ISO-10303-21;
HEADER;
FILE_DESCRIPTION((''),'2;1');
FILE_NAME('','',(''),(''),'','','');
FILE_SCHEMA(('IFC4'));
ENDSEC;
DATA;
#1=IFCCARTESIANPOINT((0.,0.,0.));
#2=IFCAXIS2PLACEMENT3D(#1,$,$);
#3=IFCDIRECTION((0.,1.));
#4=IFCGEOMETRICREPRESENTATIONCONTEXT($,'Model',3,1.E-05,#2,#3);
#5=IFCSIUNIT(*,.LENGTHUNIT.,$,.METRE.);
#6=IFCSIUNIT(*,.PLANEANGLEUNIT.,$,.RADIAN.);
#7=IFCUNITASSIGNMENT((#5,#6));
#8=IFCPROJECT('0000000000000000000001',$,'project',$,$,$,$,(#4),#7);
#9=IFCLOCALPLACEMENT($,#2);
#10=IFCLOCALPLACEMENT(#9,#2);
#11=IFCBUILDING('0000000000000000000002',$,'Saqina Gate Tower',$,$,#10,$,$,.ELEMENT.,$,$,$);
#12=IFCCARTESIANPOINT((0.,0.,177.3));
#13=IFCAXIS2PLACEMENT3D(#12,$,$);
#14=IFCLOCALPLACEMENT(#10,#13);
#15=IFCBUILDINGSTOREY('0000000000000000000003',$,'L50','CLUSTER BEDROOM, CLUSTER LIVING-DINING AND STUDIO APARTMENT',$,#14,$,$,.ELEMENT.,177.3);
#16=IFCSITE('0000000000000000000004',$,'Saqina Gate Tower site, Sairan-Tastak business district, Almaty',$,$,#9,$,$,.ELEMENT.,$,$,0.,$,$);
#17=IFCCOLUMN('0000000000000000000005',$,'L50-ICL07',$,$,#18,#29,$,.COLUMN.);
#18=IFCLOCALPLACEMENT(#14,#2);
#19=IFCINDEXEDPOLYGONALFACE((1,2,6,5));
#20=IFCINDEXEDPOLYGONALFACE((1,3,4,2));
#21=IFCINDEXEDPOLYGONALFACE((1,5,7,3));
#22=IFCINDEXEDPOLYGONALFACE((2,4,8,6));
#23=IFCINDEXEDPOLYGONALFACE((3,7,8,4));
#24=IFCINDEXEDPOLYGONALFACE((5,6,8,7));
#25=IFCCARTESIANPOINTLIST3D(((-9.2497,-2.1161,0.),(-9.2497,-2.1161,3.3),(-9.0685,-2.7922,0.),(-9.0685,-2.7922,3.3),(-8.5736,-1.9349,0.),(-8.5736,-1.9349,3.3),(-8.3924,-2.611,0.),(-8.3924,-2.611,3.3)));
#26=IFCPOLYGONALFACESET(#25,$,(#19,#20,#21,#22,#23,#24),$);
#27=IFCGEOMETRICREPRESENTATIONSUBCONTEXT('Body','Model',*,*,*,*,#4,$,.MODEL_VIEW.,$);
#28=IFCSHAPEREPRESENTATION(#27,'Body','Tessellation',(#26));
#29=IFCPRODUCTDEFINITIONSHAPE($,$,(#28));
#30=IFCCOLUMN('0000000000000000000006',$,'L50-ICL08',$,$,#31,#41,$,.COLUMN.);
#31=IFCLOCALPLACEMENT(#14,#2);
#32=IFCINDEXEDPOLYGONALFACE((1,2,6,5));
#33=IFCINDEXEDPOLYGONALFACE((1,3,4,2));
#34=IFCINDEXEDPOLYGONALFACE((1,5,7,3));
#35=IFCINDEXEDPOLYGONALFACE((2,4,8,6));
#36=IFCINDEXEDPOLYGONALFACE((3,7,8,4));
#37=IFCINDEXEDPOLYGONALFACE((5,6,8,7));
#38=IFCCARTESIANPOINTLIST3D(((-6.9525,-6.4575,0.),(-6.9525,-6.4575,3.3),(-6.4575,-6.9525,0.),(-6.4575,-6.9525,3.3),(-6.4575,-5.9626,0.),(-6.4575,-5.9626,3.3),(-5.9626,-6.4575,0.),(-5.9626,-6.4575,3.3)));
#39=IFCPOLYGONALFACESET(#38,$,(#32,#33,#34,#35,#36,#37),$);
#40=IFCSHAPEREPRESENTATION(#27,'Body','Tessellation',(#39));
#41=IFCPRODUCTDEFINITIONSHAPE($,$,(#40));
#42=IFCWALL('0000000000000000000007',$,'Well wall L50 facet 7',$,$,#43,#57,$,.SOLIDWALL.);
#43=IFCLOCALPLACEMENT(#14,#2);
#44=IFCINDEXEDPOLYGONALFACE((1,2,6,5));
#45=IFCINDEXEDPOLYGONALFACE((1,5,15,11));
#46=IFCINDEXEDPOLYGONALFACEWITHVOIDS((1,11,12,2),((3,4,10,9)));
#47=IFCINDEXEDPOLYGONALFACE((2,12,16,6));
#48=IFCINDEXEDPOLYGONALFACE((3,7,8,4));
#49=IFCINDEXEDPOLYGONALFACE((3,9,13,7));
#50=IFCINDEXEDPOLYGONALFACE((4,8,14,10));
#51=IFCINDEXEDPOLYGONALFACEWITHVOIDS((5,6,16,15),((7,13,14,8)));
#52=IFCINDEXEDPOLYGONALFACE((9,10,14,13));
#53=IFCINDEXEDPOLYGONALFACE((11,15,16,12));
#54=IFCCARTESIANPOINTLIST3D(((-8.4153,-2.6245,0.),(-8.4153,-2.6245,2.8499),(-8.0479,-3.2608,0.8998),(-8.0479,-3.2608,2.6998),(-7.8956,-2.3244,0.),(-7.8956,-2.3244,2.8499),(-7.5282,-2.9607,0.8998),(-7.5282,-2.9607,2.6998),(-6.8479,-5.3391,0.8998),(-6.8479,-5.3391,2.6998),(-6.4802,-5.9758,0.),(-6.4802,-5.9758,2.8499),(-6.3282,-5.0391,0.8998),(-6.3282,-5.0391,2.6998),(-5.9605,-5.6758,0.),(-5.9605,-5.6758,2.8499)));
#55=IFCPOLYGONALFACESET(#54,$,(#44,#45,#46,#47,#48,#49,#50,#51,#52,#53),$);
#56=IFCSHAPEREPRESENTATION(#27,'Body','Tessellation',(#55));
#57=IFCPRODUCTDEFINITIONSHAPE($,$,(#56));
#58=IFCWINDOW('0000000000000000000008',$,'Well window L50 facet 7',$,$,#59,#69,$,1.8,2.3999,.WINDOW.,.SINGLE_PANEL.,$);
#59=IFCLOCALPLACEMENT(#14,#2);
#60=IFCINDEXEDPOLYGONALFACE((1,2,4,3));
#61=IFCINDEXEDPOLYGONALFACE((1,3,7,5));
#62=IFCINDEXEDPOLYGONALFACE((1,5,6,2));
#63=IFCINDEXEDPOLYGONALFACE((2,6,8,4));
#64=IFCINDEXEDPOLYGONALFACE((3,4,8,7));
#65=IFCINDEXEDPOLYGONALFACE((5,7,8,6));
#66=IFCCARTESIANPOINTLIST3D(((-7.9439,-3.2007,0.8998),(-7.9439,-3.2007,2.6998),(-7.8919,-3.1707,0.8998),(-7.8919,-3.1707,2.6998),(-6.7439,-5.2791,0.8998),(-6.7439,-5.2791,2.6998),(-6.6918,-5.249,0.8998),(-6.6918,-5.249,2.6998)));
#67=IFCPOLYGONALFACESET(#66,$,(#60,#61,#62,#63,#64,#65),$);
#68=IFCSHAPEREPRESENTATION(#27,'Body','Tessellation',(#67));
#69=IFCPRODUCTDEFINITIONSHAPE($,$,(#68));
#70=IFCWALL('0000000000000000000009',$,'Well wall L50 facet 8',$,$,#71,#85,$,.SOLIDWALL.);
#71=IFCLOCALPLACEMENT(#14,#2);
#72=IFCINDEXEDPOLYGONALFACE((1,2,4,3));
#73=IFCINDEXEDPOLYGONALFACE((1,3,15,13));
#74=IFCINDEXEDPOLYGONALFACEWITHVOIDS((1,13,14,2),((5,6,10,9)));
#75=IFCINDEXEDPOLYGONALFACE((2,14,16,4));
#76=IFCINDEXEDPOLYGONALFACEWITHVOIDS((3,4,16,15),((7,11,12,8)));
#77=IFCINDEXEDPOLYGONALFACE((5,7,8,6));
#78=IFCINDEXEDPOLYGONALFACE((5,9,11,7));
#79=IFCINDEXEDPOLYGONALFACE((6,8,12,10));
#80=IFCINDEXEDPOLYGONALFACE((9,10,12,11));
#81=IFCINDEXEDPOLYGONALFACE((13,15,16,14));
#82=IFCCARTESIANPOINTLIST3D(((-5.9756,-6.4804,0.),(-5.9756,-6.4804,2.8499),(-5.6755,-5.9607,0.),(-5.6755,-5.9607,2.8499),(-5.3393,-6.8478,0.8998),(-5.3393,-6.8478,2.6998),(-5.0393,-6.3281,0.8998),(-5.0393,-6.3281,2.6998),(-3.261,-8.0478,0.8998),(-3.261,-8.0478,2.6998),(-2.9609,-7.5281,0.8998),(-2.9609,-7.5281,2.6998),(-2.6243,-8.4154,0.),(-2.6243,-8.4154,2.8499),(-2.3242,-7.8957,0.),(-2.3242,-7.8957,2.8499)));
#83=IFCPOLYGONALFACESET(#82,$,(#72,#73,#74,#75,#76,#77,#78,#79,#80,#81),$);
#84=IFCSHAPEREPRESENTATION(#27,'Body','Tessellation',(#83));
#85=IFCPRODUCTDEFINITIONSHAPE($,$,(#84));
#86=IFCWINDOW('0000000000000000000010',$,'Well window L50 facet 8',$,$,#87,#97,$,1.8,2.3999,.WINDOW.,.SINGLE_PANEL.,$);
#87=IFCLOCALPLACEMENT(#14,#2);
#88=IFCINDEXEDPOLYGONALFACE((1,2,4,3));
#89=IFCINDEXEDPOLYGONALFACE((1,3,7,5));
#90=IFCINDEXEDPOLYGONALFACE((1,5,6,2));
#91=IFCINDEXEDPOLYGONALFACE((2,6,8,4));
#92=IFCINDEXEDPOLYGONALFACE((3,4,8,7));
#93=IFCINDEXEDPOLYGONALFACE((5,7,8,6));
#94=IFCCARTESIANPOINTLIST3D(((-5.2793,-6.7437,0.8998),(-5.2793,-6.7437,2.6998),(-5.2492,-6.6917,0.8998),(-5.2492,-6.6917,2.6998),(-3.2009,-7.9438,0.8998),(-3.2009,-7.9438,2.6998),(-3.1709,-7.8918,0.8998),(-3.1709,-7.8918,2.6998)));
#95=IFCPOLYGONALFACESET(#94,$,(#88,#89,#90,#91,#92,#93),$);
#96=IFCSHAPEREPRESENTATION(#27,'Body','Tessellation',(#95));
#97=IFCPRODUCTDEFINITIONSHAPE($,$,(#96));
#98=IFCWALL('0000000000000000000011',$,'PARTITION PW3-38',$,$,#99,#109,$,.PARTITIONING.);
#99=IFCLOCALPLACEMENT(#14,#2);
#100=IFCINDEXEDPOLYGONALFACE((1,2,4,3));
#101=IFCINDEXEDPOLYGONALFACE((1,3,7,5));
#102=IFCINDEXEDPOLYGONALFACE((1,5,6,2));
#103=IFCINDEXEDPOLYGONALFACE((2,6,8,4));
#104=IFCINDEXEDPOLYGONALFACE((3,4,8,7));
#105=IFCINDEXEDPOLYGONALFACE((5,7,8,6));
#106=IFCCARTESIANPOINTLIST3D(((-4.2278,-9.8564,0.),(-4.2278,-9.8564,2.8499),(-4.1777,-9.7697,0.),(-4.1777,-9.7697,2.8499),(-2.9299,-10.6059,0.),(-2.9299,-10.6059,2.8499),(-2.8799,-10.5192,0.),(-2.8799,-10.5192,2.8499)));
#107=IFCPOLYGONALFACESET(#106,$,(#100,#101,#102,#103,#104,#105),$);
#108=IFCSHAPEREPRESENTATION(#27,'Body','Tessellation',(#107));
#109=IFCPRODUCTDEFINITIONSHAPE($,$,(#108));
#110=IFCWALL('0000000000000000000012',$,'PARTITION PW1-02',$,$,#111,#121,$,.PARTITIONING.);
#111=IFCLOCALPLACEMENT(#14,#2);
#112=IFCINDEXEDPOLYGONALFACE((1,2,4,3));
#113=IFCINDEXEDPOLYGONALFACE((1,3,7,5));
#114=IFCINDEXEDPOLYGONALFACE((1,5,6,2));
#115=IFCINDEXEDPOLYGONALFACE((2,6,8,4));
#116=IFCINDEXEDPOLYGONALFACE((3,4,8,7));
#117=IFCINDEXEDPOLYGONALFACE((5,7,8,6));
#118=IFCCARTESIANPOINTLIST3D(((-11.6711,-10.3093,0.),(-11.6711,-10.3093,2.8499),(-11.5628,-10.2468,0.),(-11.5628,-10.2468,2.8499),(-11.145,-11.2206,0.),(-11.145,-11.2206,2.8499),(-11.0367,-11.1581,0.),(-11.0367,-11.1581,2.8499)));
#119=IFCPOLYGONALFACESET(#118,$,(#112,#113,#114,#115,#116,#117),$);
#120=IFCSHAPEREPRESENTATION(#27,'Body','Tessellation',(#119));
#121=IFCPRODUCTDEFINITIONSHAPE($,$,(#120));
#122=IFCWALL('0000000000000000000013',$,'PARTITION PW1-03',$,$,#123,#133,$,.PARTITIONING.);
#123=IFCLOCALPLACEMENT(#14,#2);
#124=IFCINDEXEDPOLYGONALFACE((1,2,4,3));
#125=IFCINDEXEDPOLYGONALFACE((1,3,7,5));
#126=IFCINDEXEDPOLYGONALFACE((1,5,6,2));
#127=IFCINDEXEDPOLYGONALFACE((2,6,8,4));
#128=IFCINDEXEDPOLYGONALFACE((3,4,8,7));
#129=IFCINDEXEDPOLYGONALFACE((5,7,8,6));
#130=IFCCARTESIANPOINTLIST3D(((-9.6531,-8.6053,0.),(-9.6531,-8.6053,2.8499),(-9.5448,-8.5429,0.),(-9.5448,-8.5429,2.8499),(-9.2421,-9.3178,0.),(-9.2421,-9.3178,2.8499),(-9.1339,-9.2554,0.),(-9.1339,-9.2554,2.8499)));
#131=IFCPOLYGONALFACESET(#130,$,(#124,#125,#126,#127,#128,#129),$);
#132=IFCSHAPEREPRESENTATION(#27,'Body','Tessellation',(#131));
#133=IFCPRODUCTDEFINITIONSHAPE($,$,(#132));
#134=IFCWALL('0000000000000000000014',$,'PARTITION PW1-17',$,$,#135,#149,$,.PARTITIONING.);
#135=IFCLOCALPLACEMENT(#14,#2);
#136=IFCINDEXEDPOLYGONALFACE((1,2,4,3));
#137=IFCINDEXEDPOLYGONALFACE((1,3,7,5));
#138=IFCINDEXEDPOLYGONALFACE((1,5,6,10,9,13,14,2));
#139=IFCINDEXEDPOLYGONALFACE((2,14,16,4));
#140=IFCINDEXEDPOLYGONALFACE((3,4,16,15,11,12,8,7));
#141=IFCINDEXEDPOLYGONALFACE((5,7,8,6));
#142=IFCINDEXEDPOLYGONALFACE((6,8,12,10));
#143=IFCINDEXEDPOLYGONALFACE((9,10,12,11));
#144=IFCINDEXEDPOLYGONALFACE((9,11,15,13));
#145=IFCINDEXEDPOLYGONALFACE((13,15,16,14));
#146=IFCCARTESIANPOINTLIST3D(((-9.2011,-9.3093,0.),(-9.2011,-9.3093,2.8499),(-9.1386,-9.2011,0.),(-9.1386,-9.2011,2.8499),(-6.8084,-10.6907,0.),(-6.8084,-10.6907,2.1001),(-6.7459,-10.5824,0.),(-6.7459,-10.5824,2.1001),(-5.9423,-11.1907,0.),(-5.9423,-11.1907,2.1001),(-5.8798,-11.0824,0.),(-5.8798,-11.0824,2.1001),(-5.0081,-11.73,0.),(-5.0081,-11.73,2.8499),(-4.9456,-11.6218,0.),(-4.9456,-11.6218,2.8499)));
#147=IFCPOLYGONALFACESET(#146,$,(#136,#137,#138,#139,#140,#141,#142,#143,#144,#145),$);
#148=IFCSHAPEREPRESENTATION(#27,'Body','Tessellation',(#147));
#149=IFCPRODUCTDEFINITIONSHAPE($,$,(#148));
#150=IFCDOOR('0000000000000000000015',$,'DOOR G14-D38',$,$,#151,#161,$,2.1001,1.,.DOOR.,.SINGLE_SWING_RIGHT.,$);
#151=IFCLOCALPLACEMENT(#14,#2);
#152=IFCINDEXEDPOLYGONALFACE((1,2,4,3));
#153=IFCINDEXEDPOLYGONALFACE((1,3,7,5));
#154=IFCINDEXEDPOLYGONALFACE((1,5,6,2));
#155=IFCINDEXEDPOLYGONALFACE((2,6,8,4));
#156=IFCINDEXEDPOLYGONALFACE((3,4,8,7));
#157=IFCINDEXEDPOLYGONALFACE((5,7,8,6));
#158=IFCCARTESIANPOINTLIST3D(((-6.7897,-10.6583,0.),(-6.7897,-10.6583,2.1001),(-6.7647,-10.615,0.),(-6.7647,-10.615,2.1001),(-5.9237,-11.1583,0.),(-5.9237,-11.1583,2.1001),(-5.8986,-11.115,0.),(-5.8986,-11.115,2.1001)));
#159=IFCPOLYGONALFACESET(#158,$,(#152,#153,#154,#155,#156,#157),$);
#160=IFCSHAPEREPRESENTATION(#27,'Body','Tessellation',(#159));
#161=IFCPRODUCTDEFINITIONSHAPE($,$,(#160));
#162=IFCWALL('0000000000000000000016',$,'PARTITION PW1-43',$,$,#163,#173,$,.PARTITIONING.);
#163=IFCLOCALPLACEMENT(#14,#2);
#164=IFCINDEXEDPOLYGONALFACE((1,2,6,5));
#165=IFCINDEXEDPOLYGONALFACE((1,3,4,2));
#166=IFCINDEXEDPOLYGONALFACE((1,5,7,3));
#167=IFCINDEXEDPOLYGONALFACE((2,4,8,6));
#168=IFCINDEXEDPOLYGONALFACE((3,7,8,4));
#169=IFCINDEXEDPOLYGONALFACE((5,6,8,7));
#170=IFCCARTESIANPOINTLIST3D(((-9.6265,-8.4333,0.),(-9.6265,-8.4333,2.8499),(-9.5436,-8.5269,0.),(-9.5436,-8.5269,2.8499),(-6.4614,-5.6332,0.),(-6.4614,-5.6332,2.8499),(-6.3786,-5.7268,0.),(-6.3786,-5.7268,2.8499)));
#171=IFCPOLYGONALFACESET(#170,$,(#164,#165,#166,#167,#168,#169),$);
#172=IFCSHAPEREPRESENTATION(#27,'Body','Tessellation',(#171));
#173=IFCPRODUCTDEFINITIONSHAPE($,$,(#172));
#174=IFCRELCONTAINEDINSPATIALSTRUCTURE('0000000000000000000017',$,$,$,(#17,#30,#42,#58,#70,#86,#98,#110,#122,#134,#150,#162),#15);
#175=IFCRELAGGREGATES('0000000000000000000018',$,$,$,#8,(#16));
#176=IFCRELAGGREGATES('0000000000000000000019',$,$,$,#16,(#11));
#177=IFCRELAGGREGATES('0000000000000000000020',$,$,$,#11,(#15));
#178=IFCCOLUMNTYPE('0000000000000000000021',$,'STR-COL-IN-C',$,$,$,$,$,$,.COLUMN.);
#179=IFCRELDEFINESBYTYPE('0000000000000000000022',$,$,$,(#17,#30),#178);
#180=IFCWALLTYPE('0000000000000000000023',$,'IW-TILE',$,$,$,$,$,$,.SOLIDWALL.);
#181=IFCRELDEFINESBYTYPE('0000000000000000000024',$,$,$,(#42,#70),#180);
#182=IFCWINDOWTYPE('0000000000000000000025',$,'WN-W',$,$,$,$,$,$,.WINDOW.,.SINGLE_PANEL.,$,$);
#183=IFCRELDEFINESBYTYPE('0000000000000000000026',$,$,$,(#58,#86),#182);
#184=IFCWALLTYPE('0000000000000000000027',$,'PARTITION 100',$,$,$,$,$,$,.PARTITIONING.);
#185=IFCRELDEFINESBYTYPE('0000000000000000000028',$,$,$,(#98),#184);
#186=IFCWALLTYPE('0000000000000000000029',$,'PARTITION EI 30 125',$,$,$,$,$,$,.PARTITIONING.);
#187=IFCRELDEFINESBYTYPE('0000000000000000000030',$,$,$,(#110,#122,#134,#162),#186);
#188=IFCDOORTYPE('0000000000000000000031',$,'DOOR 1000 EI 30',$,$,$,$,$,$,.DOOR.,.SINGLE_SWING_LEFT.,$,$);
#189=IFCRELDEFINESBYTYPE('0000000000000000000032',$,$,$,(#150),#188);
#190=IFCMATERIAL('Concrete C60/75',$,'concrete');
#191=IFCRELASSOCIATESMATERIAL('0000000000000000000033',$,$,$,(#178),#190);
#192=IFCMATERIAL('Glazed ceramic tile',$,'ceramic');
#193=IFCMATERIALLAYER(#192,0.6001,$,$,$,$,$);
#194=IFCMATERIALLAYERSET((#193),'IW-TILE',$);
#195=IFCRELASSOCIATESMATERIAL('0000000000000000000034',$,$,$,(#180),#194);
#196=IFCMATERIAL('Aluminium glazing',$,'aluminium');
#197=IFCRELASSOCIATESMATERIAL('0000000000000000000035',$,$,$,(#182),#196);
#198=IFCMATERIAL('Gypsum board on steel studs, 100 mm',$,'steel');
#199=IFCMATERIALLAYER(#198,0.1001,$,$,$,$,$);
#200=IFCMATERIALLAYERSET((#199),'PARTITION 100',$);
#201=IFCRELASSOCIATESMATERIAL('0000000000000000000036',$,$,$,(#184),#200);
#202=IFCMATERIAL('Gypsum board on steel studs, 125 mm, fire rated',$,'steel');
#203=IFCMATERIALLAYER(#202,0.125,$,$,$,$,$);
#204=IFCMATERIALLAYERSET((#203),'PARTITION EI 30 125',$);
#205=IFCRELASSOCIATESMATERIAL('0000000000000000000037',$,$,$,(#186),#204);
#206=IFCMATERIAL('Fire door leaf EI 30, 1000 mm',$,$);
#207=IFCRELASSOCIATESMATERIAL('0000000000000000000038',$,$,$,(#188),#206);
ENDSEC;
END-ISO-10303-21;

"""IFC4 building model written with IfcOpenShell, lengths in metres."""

from ifc_helpers import new_model, si_unit, direction, frame, frame_2d, origin, origin_2d, place, context, subcontext, project, spatial, rectangle, extrude, material, layer, layer_set, material_profile, profile_set, type_object, element, fill, save


model = new_model("IFC4")

# Units and contexts
model_context = context("Model", 3, precision=1e-05, world=origin(), true_north=direction((0.0, 1.0)))
body_context = subcontext(model_context, "Body", "Model", "MODEL_VIEW")
ifc_project = project(units=[si_unit("LENGTHUNIT", "METRE"), si_unit("PLANEANGLEUNIT", "RADIAN")], contexts=[model_context])

# Site, building, storey
site_placement = place(None, origin())
site = spatial("IfcSite", under=ifc_project, at=site_placement, Name="Saqina Gate Tower site, Sairan-Tastak business district, Almaty", CompositionType="ELEMENT", RefElevation=0.0)
building_placement = place(site_placement, origin())
building = spatial("IfcBuilding", under=site, at=building_placement, Name="Saqina Gate Tower", CompositionType="ELEMENT")
storey_placement = place(building_placement, frame((0.0, 0.0, 177.3)))
storey = spatial("IfcBuildingStorey", under=building, at=storey_placement, Name="L50", Description="CLUSTER BEDROOM, CLUSTER LIVING-DINING AND STUDIO APARTMENT", CompositionType="ELEMENT", Elevation=177.3)

# Columns
ifc_material_1 = material(Name="Concrete C60/75", Category="concrete")
ifc_material_profile = material_profile(ifc_material_1, rectangle(XDim=0.7, YDim=0.7, at=origin_2d()), Name="RC 700x700")
ifc_profile_set = profile_set([ifc_material_profile], Name="Concrete C60/75")
column_type = type_object("IfcColumnType", Name="STR-COL-IN-C", PredefinedType="COLUMN", material=ifc_profile_set)
for number, where, z_axis, x_axis, name in (
    (1, (-8.821, -2.3635, 0.0), (0.0, 0.0, 1.0), (-0.965926, -0.258819, 0.0), "L50-ICL07"),
    (2, (-6.4575, -6.4575, 0.0), (0.0, 0.0, 1.0), (-0.707107, -0.707107, 0.0), "L50-ICL08"),
):
    element("IfcColumn", number, at=place(storey_placement, frame(where, z_axis=z_axis, x_axis=x_axis)), inside=storey, type_object=column_type, Name=name, PredefinedType="COLUMN", context=body_context, shape_type="SweptSolid", body=[
        extrude(rectangle(XDim=0.7, YDim=0.7, at=origin_2d()), origin(), (0.0, 0.0, 1.0), 3.3),
    ])

# Walls, openings, windows
ifc_material_2 = material(Name="Glazed ceramic tile", Category="ceramic")
ifc_layer_1 = layer(ifc_material_2, 0.6001)
ifc_layer_set_1 = layer_set([ifc_layer_1], Name="IW-TILE")
wall_type_1 = type_object("IfcWallType", Name="IW-TILE", PredefinedType="SOLIDWALL", material=ifc_layer_set_1)
wall_1_placement = place(storey_placement, frame((-8.1555, -2.4744, 0.0), z_axis=(0.0, 0.0, 1.0), x_axis=(0.500034, -0.866006, 0.0)))
wall_1 = element("IfcWall", 3, at=wall_1_placement, inside=storey, type_object=wall_type_1, Name="Well wall L50 facet 7", PredefinedType="SOLIDWALL", context=body_context, shape_type="SweptSolid", body=[
    extrude(rectangle(XDim=3.8699, YDim=0.6001, at=frame_2d((1.9351, 0.0))), origin(), (0.0, 0.0, 1.0), 2.8499),
])
opening_1_placement = place(wall_1_placement, frame((0.7349, 0.0, 0.8999)))
opening_1 = element("IfcOpeningElement", 4, at=opening_1_placement, cuts=wall_1, PredefinedType="OPENING", context=body_context, shape_type="SweptSolid", body=[
    extrude(rectangle(XDim=2.3999, YDim=1.8, at=frame_2d((1.2, 0.8999))), frame((0.0, 0.312, 0.0), z_axis=(0.0, -1.0, 0.0), x_axis=(1.0, 0.0, 0.0)), (0.0, 0.0, 1.0), 0.624),
])
ifc_material_3 = material(Name="Aluminium glazing", Category="aluminium")
window_type = type_object("IfcWindowType", Name="WN-W", PartitioningType="SINGLE_PANEL", PredefinedType="WINDOW", material=ifc_material_3)
window_1_placement = place(opening_1_placement, origin())
window_1 = element("IfcWindow", 5, at=window_1_placement, inside=storey, type_object=window_type, Name="Well window L50 facet 7", OverallHeight=1.8, OverallWidth=2.3999, PartitioningType="SINGLE_PANEL", PredefinedType="WINDOW", context=body_context, shape_type="SweptSolid", body=[
    extrude(rectangle(XDim=2.3999, YDim=1.8, at=frame_2d((1.2, 0.8999))), frame((0.0, -0.1199, 0.0), z_axis=(0.0, -1.0, 0.0), x_axis=(1.0, 0.0, 0.0)), (0.0, 0.0, 1.0), 0.0601),
])
fill(opening_1, window_1)
wall_2_placement = place(storey_placement, frame((-5.8257, -6.2205, 0.0), z_axis=(0.0, 0.0, 1.0), x_axis=(0.866006, -0.500034, 0.0)))
wall_2 = element("IfcWall", 6, at=wall_2_placement, inside=storey, type_object=wall_type_1, Name="Well wall L50 facet 8", PredefinedType="SOLIDWALL", context=body_context, shape_type="SweptSolid", body=[
    extrude(rectangle(XDim=3.8699, YDim=0.6001, at=frame_2d((1.9351, 0.0))), origin(), (0.0, 0.0, 1.0), 2.8499),
])
opening_2_placement = place(wall_2_placement, frame((0.7349, 0.0, 0.8999)))
opening_2 = element("IfcOpeningElement", 7, at=opening_2_placement, cuts=wall_2, PredefinedType="OPENING", context=body_context, shape_type="SweptSolid", body=[
    extrude(rectangle(XDim=2.3999, YDim=1.8, at=frame_2d((1.2, 0.8999))), frame((0.0, 0.312, 0.0), z_axis=(0.0, -1.0, 0.0), x_axis=(1.0, 0.0, 0.0)), (0.0, 0.0, 1.0), 0.624),
])
window_2_placement = place(opening_2_placement, origin())
window_2 = element("IfcWindow", 8, at=window_2_placement, inside=storey, type_object=window_type, Name="Well window L50 facet 8", OverallHeight=1.8, OverallWidth=2.3999, PartitioningType="SINGLE_PANEL", PredefinedType="WINDOW", context=body_context, shape_type="SweptSolid", body=[
    extrude(rectangle(XDim=2.3999, YDim=1.8, at=frame_2d((1.2, 0.8999))), frame((0.0, -0.1199, 0.0), z_axis=(0.0, -1.0, 0.0), x_axis=(1.0, 0.0, 0.0)), (0.0, 0.0, 1.0), 0.0601),
])
fill(opening_2, window_2)

# Walls
ifc_material_4 = material(Name="Gypsum board on steel studs, 100 mm", Category="steel")
ifc_layer_2 = layer(ifc_material_4, 0.1001)
ifc_layer_set_2 = layer_set([ifc_layer_2], Name="PARTITION 100")
wall_type_2 = type_object("IfcWallType", Name="PARTITION 100", PredefinedType="PARTITIONING", material=ifc_layer_set_2)
wall_3_placement = place(storey_placement, frame((-4.2029, -9.813, 0.0), z_axis=(0.0, 0.0, 1.0), x_axis=(0.865969, -0.500098, 0.0)))
element("IfcWall", 9, at=wall_3_placement, inside=storey, type_object=wall_type_2, Name="PARTITION PW3-38", PredefinedType="PARTITIONING", context=body_context, shape_type="SweptSolid", body=[
    extrude(rectangle(XDim=1.4988, YDim=0.1001, at=frame_2d((0.7495, 0.0))), origin(), (0.0, 0.0, 1.0), 2.8499),
])
ifc_material_5 = material(Name="Gypsum board on steel studs, 125 mm, fire rated", Category="steel")
ifc_layer_3 = layer(ifc_material_5, 0.125)
ifc_layer_set_3 = layer_set([ifc_layer_3], Name="PARTITION EI 30 125")
wall_type_3 = type_object("IfcWallType", Name="PARTITION EI 30 125", PredefinedType="PARTITIONING", material=ifc_layer_set_3)
wall_4_placement = place(storey_placement, frame((-11.6169, -10.2781, 0.0), z_axis=(0.0, 0.0, 1.0), x_axis=(0.499957, -0.86605, 0.0)))
element("IfcWall", 10, at=wall_4_placement, inside=storey, type_object=wall_type_3, Name="PARTITION PW1-02", PredefinedType="PARTITIONING", context=body_context, shape_type="SweptSolid", body=[
    extrude(rectangle(XDim=1.0522, YDim=0.125, at=frame_2d((0.5261, 0.0))), origin(), (0.0, 0.0, 1.0), 2.8499),
])
wall_5_placement = place(storey_placement, frame((-9.5989, -8.5742, 0.0), z_axis=(0.0, 0.0, 1.0), x_axis=(0.49962, -0.866245, 0.0)))
element("IfcWall", 11, at=wall_5_placement, inside=storey, type_object=wall_type_3, Name="PARTITION PW1-03", PredefinedType="PARTITIONING", context=body_context, shape_type="SweptSolid", body=[
    extrude(rectangle(XDim=0.8225, YDim=0.125, at=frame_2d((0.4111, 0.0))), origin(), (0.0, 0.0, 1.0), 2.8499),
])

# Wall, opening, door
wall_6_placement = place(storey_placement, frame((-9.1699, -9.2551, 0.0), z_axis=(0.0, 0.0, 1.0), x_axis=(0.866034, -0.499984, 0.0)))
wall_6 = element("IfcWall", 12, at=wall_6_placement, inside=storey, type_object=wall_type_3, Name="PARTITION PW1-17", PredefinedType="PARTITIONING", context=body_context, shape_type="SweptSolid", body=[
    extrude(rectangle(XDim=4.8416, YDim=0.125, at=frame_2d((2.4209, 0.0))), origin(), (0.0, 0.0, 1.0), 2.8499),
])
opening_3_placement = place(wall_6_placement, frame((2.7629, 0.0, 0.0)))
opening_3 = element("IfcOpeningElement", 13, at=opening_3_placement, cuts=wall_6, PredefinedType="OPENING", context=body_context, shape_type="SweptSolid", body=[
    extrude(rectangle(XDim=1.0, YDim=2.1001, at=frame_2d((0.5, 1.05))), frame((0.0, 0.0745, 0.0), z_axis=(0.0, -1.0, 0.0), x_axis=(1.0, 0.0, 0.0)), (0.0, 0.0, 1.0), 0.1489),
])
ifc_material_6 = material(Name="Fire door leaf EI 30, 1000 mm")
door_type_1 = type_object("IfcDoorType", Name="DOOR 1000 EI 30", OperationType="SINGLE_SWING_LEFT", PredefinedType="DOOR", material=ifc_material_6)
door_1_placement = place(opening_3_placement, origin())
door_1 = element("IfcDoor", 14, at=door_1_placement, inside=storey, type_object=door_type_1, Name="DOOR G14-D38", OperationType="SINGLE_SWING_RIGHT", OverallHeight=2.1001, OverallWidth=1.0, PredefinedType="DOOR", context=body_context, shape_type="SweptSolid", body=[
    extrude(rectangle(XDim=1.0, YDim=2.1001, at=frame_2d((0.5, 1.05))), frame((0.0, 0.0249, 0.0), z_axis=(0.0, -1.0, 0.0), x_axis=(1.0, 0.0, 0.0)), (0.0, 0.0, 1.0), 0.05),
])
fill(opening_3, door_1)

# Wall
wall_7_placement = place(storey_placement, frame((-9.585, -8.48, 0.0), z_axis=(0.0, 0.0, 1.0), x_axis=(0.748972, 0.662601, 0.0)))
element("IfcWall", 15, at=wall_7_placement, inside=storey, type_object=wall_type_3, Name="PARTITION PW1-43", PredefinedType="PARTITIONING", context=body_context, shape_type="SweptSolid", body=[
    extrude(rectangle(XDim=4.2258, YDim=0.125, at=frame_2d((2.1128, 0.0))), origin(), (0.0, 0.0, 1.0), 2.8499),
])

save(model, "model.ifc")
